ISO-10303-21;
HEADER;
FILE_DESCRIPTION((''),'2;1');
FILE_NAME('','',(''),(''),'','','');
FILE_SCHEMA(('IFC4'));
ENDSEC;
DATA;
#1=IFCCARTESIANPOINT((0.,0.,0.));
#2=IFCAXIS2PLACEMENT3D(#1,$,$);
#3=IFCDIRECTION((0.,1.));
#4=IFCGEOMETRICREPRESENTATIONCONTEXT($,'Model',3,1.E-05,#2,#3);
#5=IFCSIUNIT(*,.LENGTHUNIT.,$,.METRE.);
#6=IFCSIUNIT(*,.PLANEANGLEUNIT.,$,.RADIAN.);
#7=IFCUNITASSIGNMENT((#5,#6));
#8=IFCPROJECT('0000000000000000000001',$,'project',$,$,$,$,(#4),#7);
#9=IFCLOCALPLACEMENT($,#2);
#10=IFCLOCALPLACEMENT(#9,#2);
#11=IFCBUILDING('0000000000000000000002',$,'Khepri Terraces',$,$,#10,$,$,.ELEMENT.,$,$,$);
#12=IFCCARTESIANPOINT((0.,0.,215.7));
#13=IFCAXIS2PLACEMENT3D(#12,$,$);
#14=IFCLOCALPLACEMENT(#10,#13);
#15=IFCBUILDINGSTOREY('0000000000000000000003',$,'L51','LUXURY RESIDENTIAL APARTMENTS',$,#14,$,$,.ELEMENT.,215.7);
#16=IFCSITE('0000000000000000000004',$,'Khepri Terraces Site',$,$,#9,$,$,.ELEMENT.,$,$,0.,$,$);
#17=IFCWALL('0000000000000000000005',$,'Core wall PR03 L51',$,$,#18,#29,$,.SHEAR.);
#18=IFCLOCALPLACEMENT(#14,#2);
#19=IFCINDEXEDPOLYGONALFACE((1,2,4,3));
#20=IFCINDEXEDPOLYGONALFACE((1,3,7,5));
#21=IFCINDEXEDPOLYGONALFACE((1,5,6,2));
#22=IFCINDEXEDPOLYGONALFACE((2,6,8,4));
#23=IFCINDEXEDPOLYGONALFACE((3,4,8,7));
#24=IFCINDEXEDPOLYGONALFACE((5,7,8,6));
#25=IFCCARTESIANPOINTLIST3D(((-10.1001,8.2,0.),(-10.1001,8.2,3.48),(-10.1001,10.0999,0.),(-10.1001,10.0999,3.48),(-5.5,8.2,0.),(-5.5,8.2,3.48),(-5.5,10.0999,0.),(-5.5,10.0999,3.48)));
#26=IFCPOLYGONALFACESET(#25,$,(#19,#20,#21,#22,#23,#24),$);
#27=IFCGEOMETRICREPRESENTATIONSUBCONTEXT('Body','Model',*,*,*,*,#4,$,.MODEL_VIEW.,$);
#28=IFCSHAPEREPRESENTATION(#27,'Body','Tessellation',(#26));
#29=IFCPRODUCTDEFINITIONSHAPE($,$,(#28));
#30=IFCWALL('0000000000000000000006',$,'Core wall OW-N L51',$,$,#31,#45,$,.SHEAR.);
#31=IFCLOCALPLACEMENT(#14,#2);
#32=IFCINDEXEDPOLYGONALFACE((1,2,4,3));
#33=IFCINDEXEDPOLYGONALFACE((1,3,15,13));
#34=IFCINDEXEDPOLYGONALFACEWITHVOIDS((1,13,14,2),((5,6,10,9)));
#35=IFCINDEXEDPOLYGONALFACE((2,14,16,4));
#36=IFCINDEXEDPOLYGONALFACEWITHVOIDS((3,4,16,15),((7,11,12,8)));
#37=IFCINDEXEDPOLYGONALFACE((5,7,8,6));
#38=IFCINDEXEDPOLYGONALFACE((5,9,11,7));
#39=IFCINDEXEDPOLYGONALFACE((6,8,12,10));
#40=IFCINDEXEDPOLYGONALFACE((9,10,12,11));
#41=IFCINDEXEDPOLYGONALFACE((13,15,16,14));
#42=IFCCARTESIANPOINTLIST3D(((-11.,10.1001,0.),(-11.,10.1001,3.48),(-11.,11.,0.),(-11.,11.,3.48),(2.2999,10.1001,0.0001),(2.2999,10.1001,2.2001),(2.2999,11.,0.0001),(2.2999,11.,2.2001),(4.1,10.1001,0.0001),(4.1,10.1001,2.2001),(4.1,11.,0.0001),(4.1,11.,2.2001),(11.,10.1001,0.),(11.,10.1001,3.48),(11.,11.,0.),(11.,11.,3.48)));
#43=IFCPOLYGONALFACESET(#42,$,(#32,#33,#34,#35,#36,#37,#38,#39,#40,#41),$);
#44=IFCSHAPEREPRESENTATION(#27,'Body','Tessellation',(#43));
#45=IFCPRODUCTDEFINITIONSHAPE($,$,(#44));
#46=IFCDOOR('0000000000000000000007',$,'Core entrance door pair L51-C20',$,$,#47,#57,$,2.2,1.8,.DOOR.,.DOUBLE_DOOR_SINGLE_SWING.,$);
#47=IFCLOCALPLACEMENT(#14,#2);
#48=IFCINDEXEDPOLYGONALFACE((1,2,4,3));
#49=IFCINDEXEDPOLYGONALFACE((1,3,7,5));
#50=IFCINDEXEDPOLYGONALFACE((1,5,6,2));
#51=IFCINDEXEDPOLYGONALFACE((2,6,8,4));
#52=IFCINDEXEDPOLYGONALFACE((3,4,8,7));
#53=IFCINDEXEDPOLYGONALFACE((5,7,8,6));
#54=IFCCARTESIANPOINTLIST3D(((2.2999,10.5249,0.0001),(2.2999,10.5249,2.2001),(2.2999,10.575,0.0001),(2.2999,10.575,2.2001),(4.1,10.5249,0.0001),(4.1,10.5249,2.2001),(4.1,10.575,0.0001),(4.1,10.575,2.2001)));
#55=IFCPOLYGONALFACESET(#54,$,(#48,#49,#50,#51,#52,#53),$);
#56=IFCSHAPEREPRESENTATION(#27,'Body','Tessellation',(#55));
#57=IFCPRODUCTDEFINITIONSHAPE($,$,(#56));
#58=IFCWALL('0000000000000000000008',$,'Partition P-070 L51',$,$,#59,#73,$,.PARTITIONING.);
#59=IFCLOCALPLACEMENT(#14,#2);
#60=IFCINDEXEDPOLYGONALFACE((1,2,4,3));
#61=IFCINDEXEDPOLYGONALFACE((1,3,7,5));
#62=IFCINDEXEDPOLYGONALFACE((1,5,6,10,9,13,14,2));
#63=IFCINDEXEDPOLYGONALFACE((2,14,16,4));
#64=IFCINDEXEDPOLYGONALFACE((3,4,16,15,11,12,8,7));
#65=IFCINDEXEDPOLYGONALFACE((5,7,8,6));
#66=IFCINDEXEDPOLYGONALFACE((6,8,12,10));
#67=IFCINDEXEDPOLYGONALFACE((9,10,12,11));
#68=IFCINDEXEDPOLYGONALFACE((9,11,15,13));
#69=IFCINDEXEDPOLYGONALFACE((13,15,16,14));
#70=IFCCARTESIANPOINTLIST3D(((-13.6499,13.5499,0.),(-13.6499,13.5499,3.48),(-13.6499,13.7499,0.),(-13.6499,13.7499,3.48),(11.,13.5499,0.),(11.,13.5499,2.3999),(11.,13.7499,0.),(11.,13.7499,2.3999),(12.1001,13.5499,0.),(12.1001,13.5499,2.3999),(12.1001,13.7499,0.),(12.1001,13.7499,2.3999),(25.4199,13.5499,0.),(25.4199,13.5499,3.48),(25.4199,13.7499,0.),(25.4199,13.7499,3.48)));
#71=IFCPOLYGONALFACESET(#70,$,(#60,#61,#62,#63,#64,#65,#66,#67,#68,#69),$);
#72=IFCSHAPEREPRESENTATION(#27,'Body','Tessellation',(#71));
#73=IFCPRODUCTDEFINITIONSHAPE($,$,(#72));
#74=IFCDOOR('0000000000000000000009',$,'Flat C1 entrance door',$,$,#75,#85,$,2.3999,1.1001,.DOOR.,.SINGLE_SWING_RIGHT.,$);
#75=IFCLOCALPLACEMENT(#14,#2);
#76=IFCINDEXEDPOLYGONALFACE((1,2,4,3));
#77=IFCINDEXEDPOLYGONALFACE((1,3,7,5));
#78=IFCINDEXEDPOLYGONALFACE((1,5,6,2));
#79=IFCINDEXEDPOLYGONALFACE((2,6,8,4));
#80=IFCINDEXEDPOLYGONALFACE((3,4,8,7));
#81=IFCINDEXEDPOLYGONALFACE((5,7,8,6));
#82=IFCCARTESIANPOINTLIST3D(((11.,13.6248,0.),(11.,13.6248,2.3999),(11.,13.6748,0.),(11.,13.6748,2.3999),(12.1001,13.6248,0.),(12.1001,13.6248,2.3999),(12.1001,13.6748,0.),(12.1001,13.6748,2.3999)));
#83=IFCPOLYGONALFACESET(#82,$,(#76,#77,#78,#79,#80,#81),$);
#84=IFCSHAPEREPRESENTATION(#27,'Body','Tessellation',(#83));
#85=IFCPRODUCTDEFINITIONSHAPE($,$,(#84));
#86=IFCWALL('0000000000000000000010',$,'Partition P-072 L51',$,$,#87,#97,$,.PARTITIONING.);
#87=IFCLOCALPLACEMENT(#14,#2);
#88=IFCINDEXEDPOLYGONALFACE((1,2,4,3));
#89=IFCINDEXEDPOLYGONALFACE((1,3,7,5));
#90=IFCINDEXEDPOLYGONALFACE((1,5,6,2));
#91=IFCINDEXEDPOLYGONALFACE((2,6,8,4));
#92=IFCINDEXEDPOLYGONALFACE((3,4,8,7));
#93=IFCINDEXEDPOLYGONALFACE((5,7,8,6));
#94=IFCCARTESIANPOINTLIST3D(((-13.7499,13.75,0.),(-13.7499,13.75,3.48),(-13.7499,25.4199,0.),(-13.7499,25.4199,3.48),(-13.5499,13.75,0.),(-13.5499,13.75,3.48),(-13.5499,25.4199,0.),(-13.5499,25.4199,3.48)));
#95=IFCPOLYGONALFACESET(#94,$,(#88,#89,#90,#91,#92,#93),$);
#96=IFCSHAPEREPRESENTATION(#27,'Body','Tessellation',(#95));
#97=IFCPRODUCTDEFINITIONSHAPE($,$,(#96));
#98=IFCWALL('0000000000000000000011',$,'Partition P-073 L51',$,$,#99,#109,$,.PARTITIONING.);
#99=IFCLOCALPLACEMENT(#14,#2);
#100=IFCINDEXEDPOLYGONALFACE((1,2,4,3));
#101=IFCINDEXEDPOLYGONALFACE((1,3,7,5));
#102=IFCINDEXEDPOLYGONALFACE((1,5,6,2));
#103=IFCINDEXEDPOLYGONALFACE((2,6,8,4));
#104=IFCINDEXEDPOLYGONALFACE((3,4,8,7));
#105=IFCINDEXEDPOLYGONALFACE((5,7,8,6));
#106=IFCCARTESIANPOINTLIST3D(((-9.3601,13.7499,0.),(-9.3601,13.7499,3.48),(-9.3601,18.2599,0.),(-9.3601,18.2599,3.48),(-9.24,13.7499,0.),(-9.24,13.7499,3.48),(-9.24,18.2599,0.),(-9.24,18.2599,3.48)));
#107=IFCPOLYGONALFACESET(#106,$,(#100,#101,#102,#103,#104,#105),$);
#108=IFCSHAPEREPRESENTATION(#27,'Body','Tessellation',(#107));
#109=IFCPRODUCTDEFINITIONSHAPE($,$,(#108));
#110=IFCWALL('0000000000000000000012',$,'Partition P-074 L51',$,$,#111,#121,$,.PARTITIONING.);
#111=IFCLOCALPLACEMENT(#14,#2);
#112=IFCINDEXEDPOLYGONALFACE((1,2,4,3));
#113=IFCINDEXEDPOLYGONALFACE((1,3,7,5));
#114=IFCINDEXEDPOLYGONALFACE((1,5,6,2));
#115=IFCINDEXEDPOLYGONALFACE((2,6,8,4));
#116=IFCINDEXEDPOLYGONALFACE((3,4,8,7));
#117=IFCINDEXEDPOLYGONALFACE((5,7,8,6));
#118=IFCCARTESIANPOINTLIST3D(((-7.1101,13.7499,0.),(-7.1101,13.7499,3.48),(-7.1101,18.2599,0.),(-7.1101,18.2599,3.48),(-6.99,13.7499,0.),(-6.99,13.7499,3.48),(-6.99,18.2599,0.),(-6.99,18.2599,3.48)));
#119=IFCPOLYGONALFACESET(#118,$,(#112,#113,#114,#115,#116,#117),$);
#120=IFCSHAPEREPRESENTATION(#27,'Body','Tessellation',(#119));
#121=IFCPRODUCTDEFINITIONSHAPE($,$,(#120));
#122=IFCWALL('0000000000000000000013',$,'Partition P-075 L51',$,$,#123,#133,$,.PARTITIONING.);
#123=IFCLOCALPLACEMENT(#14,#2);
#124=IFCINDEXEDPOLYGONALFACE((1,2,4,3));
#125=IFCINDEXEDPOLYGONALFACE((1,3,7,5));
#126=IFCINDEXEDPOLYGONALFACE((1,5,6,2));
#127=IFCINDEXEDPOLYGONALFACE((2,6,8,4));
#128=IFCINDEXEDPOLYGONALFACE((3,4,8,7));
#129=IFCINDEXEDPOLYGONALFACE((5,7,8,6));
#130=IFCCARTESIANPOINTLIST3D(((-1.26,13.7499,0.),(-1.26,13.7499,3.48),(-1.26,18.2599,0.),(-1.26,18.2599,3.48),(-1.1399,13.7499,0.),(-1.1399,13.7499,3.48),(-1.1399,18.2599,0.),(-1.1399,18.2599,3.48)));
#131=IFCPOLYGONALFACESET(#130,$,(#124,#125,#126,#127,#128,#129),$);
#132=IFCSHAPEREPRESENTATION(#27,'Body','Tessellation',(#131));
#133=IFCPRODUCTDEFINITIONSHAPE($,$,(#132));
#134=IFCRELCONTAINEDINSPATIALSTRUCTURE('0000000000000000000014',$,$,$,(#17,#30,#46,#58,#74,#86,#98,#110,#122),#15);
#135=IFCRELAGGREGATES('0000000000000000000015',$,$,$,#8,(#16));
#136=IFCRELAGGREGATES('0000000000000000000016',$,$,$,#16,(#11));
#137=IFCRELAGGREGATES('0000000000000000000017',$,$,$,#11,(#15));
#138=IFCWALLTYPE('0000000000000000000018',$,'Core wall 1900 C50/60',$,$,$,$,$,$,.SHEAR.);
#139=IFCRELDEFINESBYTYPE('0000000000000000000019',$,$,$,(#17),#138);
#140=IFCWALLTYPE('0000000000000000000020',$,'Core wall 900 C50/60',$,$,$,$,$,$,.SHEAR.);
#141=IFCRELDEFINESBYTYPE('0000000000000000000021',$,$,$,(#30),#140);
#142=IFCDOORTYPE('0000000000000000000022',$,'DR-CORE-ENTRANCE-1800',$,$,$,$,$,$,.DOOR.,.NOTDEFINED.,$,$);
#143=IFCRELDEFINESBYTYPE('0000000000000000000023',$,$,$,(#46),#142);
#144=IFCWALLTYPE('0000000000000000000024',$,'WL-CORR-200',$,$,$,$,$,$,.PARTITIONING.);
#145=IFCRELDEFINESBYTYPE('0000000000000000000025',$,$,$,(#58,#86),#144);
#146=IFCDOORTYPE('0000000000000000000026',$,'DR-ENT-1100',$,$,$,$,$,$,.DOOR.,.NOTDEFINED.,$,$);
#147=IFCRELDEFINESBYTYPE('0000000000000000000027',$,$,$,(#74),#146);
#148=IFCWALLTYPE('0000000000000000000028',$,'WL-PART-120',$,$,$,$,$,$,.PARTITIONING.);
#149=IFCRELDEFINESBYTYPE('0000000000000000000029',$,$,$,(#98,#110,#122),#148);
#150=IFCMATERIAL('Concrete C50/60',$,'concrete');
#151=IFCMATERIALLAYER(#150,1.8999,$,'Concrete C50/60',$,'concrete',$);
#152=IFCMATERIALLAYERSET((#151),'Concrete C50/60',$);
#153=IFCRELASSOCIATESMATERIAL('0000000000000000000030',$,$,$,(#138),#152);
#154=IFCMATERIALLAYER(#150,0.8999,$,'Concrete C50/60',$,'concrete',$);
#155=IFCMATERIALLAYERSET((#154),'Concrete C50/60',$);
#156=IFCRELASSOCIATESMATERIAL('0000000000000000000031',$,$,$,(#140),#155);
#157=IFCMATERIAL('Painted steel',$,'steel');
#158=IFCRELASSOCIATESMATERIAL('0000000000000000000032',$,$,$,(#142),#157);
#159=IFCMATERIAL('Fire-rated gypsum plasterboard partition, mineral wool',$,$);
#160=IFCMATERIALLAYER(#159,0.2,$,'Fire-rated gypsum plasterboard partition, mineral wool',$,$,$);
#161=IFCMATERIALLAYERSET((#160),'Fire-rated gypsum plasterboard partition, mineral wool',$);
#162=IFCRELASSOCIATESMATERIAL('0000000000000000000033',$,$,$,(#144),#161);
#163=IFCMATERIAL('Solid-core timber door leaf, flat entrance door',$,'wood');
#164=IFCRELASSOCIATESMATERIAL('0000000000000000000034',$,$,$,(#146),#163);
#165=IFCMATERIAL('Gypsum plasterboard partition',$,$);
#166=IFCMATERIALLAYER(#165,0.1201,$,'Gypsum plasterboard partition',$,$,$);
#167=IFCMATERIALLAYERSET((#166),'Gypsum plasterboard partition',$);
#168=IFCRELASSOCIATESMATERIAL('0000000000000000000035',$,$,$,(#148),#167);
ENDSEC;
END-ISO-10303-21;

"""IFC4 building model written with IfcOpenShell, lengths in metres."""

from ifc_helpers import new_model, si_unit, direction, frame, frame_2d, origin, place, context, subcontext, project, spatial, rectangle, extrude, material, layer, layer_set, type_object, element, fill, save


model = new_model("IFC4")

# Units and contexts
model_context = context("Model", 3, precision=1e-05, world=origin(), true_north=direction((0.0, 1.0)))
body_context = subcontext(model_context, "Body", "Model", "MODEL_VIEW")
ifc_project = project(units=[si_unit("LENGTHUNIT", "METRE"), si_unit("PLANEANGLEUNIT", "RADIAN")], contexts=[model_context])

# Site, building, storey
site_placement = place(None, origin())
site = spatial("IfcSite", under=ifc_project, at=site_placement, Name="Khepri Terraces Site", CompositionType="ELEMENT", RefElevation=0.0)
building_placement = place(site_placement, origin())
building = spatial("IfcBuilding", under=site, at=building_placement, Name="Khepri Terraces", CompositionType="ELEMENT")
storey_placement = place(building_placement, frame((0.0, 0.0, 215.7)))
storey = spatial("IfcBuildingStorey", under=building, at=storey_placement, Name="L51", Description="LUXURY RESIDENTIAL APARTMENTS", CompositionType="ELEMENT", Elevation=215.7)

# Wall
ifc_material_1 = material(Name="Concrete C50/60", Category="concrete")
ifc_layer_1 = layer(ifc_material_1, 1.8999, Name="Concrete C50/60", Category="concrete")
ifc_layer_set_1 = layer_set([ifc_layer_1], Name="Concrete C50/60")
wall_type_1 = type_object("IfcWallType", Name="Core wall 1900 C50/60", PredefinedType="SHEAR", material=ifc_layer_set_1)
wall_1_placement = place(storey_placement, frame((-10.1001, 9.1499, 0.0), z_axis=(0.0, 0.0, 1.0), x_axis=(1.0, 0.0, 0.0)))
element("IfcWall", 1, at=wall_1_placement, inside=storey, type_object=wall_type_1, Name="Core wall PR03 L51", PredefinedType="SHEAR", context=body_context, shape_type="SweptSolid", body=[
    extrude(rectangle(XDim=4.6001, YDim=1.8999, at=frame_2d((2.3, 0.0))), origin(), (0.0, 0.0, 1.0), 3.48),
])

# Walls, openings, doors
ifc_layer_2 = layer(ifc_material_1, 0.8999, Name="Concrete C50/60", Category="concrete")
ifc_layer_set_2 = layer_set([ifc_layer_2], Name="Concrete C50/60")
wall_type_2 = type_object("IfcWallType", Name="Core wall 900 C50/60", PredefinedType="SHEAR", material=ifc_layer_set_2)
wall_2_placement = place(storey_placement, frame((-11.0, 10.55, 0.0), z_axis=(0.0, 0.0, 1.0), x_axis=(1.0, 0.0, 0.0)))
wall_2 = element("IfcWall", 2, at=wall_2_placement, inside=storey, type_object=wall_type_2, Name="Core wall OW-N L51", PredefinedType="SHEAR", context=body_context, shape_type="SweptSolid", body=[
    extrude(rectangle(XDim=22.0, YDim=0.8999, at=frame_2d((11.0, 0.0))), origin(), (0.0, 0.0, 1.0), 3.48),
])
opening_1_placement = place(wall_2_placement, frame((13.3, 0.0, 0.0)))
opening_1 = element("IfcOpeningElement", 3, at=opening_1_placement, cuts=wall_2, PredefinedType="OPENING", context=body_context, shape_type="SweptSolid", body=[
    extrude(rectangle(XDim=1.8, YDim=2.2, at=frame_2d((0.8999, 1.1001))), frame((0.0, 0.46, 0.0), z_axis=(0.0, -1.0, 0.0), x_axis=(1.0, 0.0, 0.0)), (0.0, 0.0, 1.0), 0.9199),
])
ifc_material_2 = material(Name="Painted steel", Category="steel")
door_type_1 = type_object("IfcDoorType", Name="DR-CORE-ENTRANCE-1800", OperationType="NOTDEFINED", PredefinedType="DOOR", material=ifc_material_2)
door_1_placement = place(opening_1_placement, origin())
door_1 = element("IfcDoor", 4, at=door_1_placement, inside=storey, type_object=door_type_1, Name="Core entrance door pair L51-C20", OperationType="DOUBLE_DOOR_SINGLE_SWING", OverallHeight=2.2, OverallWidth=1.8, PredefinedType="DOOR", context=body_context, shape_type="SweptSolid", body=[
    extrude(rectangle(XDim=1.8, YDim=2.2, at=frame_2d((0.8999, 1.1001))), frame((0.0, 0.0249, 0.0), z_axis=(0.0, -1.0, 0.0), x_axis=(1.0, 0.0, 0.0)), (0.0, 0.0, 1.0), 0.05),
])
fill(opening_1, door_1)
ifc_material_3 = material(Name="Fire-rated gypsum plasterboard partition, mineral wool")
ifc_layer_3 = layer(ifc_material_3, 0.2, Name="Fire-rated gypsum plasterboard partition, mineral wool")
ifc_layer_set_3 = layer_set([ifc_layer_3], Name="Fire-rated gypsum plasterboard partition, mineral wool")
wall_type_3 = type_object("IfcWallType", Name="WL-CORR-200", PredefinedType="PARTITIONING", material=ifc_layer_set_3)
wall_3_placement = place(storey_placement, frame((-13.6499, 13.6499, 0.0), z_axis=(0.0, 0.0, 1.0), x_axis=(1.0, 0.0, 0.0)))
wall_3 = element("IfcWall", 5, at=wall_3_placement, inside=storey, type_object=wall_type_3, Name="Partition P-070 L51", PredefinedType="PARTITIONING", context=body_context, shape_type="SweptSolid", body=[
    extrude(rectangle(XDim=39.0698, YDim=0.2, at=frame_2d((19.5349, 0.0))), origin(), (0.0, 0.0, 1.0), 3.48),
])
opening_2_placement = place(wall_3_placement, frame((24.6499, 0.0, 0.0)))
opening_2 = element("IfcOpeningElement", 6, at=opening_2_placement, cuts=wall_3, PredefinedType="OPENING", context=body_context, shape_type="SweptSolid", body=[
    extrude(rectangle(XDim=1.1001, YDim=2.3999, at=frame_2d((0.55, 1.2))), frame((0.0, 0.1099, 0.0), z_axis=(0.0, -1.0, 0.0), x_axis=(1.0, 0.0, 0.0)), (0.0, 0.0, 1.0), 0.22),
])
ifc_material_4 = material(Name="Solid-core timber door leaf, flat entrance door", Category="wood")
door_type_2 = type_object("IfcDoorType", Name="DR-ENT-1100", OperationType="NOTDEFINED", PredefinedType="DOOR", material=ifc_material_4)
door_2_placement = place(opening_2_placement, origin())
door_2 = element("IfcDoor", 7, at=door_2_placement, inside=storey, type_object=door_type_2, Name="Flat C1 entrance door", OperationType="SINGLE_SWING_RIGHT", OverallHeight=2.3999, OverallWidth=1.1001, PredefinedType="DOOR", context=body_context, shape_type="SweptSolid", body=[
    extrude(rectangle(XDim=1.1001, YDim=2.3999, at=frame_2d((0.55, 1.2))), frame((0.0, 0.0249, 0.0), z_axis=(0.0, -1.0, 0.0), x_axis=(1.0, 0.0, 0.0)), (0.0, 0.0, 1.0), 0.05),
])
fill(opening_2, door_2)

# Walls
wall_4_placement = place(storey_placement, frame((-13.6499, 13.75, 0.0), z_axis=(0.0, 0.0, 1.0), x_axis=(0.0, 1.0, 0.0)))
element("IfcWall", 8, at=wall_4_placement, inside=storey, type_object=wall_type_3, Name="Partition P-072 L51", PredefinedType="PARTITIONING", context=body_context, shape_type="SweptSolid", body=[
    extrude(rectangle(XDim=11.6699, YDim=0.2, at=frame_2d((5.835, 0.0))), origin(), (0.0, 0.0, 1.0), 3.48),
])
ifc_material_5 = material(Name="Gypsum plasterboard partition")
ifc_layer_4 = layer(ifc_material_5, 0.1201, Name="Gypsum plasterboard partition")
ifc_layer_set_4 = layer_set([ifc_layer_4], Name="Gypsum plasterboard partition")
wall_type_4 = type_object("IfcWallType", Name="WL-PART-120", PredefinedType="PARTITIONING", material=ifc_layer_set_4)
for number, where, z_axis, x_axis, name in (
    (9, (-9.3, 13.75, 0.0), (0.0, 0.0, 1.0), (0.0, 1.0, 0.0), "Partition P-073 L51"),
    (10, (-7.05, 13.75, 0.0), (0.0, 0.0, 1.0), (0.0, 1.0, 0.0), "Partition P-074 L51"),
    (11, (-1.2, 13.75, 0.0), (0.0, 0.0, 1.0), (0.0, 1.0, 0.0), "Partition P-075 L51"),
):
    element("IfcWall", number, at=place(storey_placement, frame(where, z_axis=z_axis, x_axis=x_axis)), inside=storey, type_object=wall_type_4, Name=name, PredefinedType="PARTITIONING", context=body_context, shape_type="SweptSolid", body=[
        extrude(rectangle(XDim=4.51, YDim=0.1201, at=frame_2d((2.2549, 0.0))), origin(), (0.0, 0.0, 1.0), 3.48),
    ])

save(model, "model.ifc")
